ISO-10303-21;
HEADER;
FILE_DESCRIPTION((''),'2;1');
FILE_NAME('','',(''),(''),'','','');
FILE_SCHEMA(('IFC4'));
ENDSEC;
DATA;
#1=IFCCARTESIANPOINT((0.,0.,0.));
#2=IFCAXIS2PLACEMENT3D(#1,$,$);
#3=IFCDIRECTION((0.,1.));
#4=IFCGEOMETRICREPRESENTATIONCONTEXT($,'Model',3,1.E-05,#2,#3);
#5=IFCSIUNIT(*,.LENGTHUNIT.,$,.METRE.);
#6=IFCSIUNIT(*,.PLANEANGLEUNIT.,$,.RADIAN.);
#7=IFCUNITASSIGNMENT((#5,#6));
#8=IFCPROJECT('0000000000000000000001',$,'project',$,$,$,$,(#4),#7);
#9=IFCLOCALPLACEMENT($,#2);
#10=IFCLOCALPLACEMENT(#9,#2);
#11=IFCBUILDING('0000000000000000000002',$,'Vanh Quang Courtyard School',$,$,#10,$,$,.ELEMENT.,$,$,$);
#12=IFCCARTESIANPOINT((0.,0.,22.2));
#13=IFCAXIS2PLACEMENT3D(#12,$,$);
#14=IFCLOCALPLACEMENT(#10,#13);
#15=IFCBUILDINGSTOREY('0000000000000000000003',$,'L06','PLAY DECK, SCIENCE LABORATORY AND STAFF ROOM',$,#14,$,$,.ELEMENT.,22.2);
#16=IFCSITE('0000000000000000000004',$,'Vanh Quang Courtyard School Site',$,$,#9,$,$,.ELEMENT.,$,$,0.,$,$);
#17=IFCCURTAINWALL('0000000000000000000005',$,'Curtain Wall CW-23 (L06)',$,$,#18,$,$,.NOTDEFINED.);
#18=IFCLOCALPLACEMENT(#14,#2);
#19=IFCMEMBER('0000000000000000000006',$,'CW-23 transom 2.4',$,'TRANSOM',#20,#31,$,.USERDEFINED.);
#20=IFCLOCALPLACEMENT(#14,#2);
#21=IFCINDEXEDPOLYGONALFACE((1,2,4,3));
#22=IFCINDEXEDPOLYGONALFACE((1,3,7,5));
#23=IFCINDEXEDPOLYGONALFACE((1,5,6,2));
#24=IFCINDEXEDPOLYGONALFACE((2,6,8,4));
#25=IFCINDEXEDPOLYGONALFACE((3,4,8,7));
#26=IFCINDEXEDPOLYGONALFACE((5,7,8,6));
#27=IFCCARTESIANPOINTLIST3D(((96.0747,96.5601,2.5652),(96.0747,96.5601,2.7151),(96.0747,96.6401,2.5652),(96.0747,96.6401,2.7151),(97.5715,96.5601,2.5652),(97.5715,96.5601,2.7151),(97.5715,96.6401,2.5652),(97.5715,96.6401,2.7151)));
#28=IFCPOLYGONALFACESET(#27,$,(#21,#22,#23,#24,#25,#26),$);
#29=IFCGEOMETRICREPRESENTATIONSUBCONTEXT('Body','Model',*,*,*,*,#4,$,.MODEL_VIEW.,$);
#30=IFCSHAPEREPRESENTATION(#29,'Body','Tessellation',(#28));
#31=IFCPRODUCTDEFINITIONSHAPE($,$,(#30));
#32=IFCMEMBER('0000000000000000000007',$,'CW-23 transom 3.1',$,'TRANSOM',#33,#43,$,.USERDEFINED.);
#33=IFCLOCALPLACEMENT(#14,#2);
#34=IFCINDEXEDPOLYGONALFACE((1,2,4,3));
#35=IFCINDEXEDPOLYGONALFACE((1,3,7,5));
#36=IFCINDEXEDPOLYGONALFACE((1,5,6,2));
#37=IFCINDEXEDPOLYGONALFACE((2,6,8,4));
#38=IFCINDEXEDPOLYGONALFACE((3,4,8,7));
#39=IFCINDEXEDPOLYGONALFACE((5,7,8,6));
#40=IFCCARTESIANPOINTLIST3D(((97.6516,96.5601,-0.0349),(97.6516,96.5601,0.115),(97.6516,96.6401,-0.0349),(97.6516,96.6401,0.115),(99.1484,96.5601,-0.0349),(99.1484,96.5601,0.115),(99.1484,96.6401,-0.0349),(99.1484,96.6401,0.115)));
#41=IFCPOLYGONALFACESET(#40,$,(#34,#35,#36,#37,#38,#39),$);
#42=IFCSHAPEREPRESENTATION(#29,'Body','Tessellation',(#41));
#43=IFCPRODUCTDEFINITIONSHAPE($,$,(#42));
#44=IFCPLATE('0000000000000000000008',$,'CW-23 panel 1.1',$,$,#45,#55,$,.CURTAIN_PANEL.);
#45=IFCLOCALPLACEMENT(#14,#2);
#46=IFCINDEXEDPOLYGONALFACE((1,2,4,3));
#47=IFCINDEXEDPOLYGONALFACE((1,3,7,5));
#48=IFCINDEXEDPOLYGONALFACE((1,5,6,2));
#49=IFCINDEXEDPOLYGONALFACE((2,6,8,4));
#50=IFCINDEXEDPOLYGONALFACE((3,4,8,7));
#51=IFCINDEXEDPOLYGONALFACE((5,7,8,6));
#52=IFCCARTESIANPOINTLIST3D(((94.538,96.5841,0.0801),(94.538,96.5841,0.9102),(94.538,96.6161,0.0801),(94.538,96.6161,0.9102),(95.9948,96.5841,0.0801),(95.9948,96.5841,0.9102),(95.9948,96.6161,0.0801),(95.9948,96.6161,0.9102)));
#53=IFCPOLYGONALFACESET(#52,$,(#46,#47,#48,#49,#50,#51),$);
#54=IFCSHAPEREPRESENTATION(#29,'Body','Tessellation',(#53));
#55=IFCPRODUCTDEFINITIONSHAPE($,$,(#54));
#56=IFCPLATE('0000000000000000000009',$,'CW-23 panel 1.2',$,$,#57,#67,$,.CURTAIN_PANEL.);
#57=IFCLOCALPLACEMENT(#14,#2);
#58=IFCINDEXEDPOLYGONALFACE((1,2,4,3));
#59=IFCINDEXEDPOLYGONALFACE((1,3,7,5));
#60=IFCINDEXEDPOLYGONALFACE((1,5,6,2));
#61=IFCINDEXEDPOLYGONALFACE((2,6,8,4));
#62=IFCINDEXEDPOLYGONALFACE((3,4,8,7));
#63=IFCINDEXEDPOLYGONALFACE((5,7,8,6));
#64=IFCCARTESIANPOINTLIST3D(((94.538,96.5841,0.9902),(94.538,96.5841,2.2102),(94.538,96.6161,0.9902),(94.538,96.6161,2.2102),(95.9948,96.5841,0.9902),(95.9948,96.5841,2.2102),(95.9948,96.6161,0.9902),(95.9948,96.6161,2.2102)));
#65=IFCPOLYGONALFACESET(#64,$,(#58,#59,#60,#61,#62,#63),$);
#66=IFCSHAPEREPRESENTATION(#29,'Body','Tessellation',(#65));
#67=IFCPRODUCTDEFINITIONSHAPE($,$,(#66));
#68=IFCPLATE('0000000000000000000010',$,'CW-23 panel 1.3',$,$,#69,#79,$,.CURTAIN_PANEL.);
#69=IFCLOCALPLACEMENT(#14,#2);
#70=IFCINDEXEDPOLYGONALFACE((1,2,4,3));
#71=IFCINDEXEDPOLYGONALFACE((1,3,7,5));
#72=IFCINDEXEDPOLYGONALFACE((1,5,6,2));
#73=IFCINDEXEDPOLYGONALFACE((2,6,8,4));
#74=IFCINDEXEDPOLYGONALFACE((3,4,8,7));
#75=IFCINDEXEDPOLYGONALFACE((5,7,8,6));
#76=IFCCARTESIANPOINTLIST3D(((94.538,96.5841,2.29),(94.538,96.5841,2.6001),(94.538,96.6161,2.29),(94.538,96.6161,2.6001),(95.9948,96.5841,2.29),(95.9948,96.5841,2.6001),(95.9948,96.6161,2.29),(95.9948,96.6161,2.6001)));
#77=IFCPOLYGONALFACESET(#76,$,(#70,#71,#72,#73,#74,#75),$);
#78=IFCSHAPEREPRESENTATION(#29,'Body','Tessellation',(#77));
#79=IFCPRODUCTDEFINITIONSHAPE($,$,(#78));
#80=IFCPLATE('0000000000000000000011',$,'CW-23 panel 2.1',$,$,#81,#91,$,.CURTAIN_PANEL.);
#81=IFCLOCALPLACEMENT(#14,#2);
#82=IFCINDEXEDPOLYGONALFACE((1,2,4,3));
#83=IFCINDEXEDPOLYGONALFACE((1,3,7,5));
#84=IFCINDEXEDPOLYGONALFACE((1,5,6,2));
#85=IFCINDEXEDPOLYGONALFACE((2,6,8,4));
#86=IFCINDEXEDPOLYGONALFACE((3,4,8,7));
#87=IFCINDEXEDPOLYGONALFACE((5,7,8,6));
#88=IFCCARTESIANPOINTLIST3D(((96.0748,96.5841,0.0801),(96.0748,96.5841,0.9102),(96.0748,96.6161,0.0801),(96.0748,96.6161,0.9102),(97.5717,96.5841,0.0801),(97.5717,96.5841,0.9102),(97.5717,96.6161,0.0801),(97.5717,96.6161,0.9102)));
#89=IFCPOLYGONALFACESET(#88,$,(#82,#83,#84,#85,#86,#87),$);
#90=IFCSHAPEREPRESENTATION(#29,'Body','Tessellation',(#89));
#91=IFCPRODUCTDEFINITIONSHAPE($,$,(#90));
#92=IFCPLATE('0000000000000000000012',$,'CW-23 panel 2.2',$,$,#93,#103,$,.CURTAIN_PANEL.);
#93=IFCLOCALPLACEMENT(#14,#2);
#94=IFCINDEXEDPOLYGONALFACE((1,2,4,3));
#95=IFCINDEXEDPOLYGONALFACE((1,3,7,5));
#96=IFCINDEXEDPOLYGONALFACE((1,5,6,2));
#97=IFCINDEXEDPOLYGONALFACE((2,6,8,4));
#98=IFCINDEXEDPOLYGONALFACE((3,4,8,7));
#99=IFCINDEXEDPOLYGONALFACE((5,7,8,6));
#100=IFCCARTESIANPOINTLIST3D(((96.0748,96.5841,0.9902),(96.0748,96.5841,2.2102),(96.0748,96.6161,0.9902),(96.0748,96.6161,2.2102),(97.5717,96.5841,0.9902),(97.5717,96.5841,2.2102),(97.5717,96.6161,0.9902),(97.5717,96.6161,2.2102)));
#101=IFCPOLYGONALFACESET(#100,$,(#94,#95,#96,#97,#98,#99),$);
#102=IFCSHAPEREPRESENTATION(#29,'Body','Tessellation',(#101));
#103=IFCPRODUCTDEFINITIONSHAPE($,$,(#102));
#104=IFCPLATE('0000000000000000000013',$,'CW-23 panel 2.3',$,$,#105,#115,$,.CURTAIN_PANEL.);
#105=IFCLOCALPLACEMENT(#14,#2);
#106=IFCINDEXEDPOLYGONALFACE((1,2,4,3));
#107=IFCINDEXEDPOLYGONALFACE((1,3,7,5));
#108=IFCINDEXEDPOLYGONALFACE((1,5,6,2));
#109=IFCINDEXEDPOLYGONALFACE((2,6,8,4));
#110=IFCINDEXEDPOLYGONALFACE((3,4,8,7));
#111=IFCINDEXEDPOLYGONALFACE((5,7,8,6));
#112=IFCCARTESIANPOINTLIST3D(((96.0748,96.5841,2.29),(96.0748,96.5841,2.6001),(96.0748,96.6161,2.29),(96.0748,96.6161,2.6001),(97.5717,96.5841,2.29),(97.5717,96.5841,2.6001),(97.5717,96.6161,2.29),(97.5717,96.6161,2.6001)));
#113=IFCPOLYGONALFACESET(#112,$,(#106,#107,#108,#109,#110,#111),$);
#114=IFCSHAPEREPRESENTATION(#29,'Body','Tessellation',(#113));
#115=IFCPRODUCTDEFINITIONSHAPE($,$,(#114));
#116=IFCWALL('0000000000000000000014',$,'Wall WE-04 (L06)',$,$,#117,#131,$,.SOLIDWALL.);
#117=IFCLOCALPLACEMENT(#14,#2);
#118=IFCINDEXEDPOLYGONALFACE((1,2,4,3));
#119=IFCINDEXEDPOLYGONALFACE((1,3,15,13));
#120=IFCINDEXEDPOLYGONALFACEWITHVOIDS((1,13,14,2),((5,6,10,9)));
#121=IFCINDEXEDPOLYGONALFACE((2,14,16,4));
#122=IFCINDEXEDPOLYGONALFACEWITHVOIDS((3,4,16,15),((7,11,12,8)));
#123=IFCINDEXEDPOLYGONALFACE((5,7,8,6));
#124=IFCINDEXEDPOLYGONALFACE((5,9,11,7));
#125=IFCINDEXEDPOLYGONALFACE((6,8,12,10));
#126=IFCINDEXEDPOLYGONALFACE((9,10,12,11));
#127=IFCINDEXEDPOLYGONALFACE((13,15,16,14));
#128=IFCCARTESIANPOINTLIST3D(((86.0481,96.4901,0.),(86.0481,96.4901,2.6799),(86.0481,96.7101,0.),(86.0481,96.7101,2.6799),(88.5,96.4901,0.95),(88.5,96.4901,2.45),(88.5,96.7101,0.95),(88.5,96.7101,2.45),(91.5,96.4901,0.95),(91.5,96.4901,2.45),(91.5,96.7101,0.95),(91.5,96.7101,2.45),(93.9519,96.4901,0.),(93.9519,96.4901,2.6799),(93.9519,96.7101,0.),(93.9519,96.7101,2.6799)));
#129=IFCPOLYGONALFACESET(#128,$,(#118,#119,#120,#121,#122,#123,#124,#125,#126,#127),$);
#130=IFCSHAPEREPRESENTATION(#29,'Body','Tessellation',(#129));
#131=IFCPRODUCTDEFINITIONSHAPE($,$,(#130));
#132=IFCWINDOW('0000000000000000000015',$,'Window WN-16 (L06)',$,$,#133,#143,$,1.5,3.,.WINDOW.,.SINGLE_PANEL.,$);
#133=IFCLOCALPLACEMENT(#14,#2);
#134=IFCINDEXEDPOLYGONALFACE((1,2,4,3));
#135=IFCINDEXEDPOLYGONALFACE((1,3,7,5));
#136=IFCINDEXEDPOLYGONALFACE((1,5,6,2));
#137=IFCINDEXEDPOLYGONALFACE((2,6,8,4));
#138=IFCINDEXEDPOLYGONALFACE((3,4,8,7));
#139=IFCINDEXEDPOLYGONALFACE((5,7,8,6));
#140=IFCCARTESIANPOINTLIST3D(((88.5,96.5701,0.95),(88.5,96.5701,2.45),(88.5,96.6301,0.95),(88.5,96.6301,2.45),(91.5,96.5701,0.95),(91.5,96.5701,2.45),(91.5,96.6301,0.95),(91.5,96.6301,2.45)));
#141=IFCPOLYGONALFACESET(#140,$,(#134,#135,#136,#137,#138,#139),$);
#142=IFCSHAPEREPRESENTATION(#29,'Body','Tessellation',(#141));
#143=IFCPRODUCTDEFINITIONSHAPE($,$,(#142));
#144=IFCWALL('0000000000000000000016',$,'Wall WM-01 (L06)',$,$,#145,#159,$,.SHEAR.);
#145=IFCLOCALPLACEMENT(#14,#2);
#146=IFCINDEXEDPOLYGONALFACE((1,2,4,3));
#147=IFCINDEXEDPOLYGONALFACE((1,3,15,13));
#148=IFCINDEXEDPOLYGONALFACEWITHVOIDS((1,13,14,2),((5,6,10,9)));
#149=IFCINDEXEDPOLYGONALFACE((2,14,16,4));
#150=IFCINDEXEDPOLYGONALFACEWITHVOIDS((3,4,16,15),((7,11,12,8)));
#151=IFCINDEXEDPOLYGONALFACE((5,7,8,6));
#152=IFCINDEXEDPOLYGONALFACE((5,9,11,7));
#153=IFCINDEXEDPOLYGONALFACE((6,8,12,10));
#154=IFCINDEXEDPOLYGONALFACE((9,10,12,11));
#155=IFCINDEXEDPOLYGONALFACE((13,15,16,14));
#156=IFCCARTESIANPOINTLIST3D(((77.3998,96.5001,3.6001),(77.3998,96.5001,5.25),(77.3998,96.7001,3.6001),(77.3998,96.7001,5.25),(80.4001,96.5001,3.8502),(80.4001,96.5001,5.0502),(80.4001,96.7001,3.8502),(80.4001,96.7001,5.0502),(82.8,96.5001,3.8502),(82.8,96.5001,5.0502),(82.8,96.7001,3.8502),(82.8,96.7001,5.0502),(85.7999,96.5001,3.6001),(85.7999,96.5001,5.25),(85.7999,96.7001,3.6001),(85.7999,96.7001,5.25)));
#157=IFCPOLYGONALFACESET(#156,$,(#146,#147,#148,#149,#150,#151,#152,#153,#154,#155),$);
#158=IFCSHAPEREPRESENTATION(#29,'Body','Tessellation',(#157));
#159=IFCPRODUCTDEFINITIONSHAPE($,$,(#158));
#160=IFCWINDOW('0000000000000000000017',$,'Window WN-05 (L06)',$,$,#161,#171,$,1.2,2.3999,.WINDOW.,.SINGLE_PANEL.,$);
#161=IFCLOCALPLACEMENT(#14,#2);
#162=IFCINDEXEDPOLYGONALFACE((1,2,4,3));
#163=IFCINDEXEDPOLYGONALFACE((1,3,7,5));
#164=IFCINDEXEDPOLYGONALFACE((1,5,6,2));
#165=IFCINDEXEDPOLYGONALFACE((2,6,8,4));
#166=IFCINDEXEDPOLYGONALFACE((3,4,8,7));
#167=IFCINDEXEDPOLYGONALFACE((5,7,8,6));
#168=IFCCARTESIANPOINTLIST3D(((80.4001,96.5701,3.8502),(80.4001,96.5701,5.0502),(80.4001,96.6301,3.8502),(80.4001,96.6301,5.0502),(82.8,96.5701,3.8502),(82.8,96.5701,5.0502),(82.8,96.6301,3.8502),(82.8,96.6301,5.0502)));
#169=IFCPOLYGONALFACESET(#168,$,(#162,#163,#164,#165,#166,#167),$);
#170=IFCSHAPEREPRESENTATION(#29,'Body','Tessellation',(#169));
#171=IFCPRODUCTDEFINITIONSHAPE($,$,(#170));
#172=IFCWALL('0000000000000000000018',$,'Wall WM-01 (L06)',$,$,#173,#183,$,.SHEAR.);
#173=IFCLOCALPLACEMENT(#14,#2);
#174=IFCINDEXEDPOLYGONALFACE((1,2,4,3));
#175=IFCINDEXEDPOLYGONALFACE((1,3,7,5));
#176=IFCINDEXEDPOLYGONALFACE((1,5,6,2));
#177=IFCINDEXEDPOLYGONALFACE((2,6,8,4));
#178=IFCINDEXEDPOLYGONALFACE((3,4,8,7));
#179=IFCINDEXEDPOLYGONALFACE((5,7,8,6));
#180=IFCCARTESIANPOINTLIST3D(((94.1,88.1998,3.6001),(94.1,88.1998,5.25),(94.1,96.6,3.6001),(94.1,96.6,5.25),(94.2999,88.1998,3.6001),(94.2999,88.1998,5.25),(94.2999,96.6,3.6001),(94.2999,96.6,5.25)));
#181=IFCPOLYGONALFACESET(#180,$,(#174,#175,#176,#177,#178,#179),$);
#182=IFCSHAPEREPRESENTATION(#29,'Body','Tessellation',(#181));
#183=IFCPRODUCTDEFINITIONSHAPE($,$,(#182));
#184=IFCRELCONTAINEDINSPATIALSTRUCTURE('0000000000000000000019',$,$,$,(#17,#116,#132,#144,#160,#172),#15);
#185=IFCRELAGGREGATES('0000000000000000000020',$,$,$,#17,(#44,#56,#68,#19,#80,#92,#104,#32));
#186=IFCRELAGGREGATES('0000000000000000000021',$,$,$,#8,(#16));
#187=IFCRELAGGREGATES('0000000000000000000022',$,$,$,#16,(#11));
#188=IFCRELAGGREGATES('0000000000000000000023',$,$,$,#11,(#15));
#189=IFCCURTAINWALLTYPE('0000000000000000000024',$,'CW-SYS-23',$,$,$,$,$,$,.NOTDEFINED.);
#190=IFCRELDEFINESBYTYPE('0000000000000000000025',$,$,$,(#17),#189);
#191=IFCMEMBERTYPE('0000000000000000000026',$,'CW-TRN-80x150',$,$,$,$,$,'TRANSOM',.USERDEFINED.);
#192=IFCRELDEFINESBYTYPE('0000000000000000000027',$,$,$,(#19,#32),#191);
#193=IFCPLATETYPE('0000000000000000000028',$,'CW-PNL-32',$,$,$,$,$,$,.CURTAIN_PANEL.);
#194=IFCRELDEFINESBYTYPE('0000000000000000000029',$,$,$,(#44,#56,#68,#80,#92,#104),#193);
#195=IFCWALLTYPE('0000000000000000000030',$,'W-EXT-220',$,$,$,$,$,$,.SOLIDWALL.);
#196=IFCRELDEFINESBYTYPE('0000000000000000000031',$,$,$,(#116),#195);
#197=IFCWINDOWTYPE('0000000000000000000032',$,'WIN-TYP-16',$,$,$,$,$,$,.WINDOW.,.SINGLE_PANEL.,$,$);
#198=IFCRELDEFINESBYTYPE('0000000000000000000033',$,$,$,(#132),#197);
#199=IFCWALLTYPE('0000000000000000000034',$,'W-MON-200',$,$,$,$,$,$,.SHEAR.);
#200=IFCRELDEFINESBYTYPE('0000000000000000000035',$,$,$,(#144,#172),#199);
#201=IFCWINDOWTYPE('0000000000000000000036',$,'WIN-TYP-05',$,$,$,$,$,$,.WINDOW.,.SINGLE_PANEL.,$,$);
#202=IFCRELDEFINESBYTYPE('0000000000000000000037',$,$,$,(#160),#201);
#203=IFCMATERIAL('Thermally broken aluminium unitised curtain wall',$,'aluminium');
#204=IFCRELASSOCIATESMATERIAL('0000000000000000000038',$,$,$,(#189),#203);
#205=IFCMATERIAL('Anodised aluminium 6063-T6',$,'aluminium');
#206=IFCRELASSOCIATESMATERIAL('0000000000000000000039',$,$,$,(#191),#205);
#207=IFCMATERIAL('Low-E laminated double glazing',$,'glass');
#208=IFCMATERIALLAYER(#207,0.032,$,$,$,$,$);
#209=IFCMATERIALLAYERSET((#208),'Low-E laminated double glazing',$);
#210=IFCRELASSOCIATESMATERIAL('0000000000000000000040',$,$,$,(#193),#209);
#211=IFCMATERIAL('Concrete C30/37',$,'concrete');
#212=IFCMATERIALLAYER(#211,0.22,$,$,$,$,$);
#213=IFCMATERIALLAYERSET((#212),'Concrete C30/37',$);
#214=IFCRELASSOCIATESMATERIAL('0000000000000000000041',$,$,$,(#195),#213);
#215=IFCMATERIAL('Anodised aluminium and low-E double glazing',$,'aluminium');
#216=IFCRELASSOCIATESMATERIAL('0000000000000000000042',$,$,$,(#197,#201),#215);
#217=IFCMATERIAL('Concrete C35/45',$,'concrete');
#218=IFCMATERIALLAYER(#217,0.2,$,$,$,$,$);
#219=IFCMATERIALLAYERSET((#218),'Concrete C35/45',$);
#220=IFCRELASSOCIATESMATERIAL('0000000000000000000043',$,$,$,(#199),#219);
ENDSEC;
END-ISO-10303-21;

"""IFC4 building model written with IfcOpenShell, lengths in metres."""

from ifc_helpers import new_model, si_unit, direction, frame, frame_2d, origin, origin_2d, place, context, subcontext, project, spatial, rectangle, extrude, material, layer, layer_set, material_profile, profile_set, type_object, element, fill, aggregate, save


model = new_model("IFC4")

# Units and contexts
model_context = context("Model", 3, precision=1e-05, world=origin(), true_north=direction((0.0, 1.0)))
body_context = subcontext(model_context, "Body", "Model", "MODEL_VIEW")
ifc_project = project(units=[si_unit("LENGTHUNIT", "METRE"), si_unit("PLANEANGLEUNIT", "RADIAN")], contexts=[model_context])

# Site, building, storey
site_placement = place(None, origin())
site = spatial("IfcSite", under=ifc_project, at=site_placement, Name="Vanh Quang Courtyard School Site", CompositionType="ELEMENT", RefElevation=0.0)
building_placement = place(site_placement, origin())
building = spatial("IfcBuilding", under=site, at=building_placement, Name="Vanh Quang Courtyard School", CompositionType="ELEMENT")
storey_placement = place(building_placement, frame((0.0, 0.0, 22.2)))
storey = spatial("IfcBuildingStorey", under=building, at=storey_placement, Name="L06", Description="PLAY DECK, SCIENCE LABORATORY AND STAFF ROOM", CompositionType="ELEMENT", Elevation=22.2)

# Shared definitions
ifc_material_1 = material(Name="Concrete C35/45", Category="concrete")

# Curtain wall, members, plates
ifc_material_2 = material(Name="Thermally broken aluminium unitised curtain wall", Category="aluminium")
curtain_wall_type = type_object("IfcCurtainWallType", Name="CW-SYS-23", PredefinedType="NOTDEFINED", material=ifc_material_2)
curtain_wall_placement = place(storey_placement, origin())
curtain_wall = element("IfcCurtainWall", 1, at=curtain_wall_placement, inside=storey, type_object=curtain_wall_type, Name="Curtain Wall CW-23 (L06)", PredefinedType="NOTDEFINED")
ifc_material_3 = material(Name="Anodised aluminium 6063-T6", Category="aluminium")
ifc_material_profile_1 = material_profile(ifc_material_3, rectangle(XDim=0.0801, YDim=0.1499, at=origin_2d()), Name="ALU-TRN 80x150")
ifc_profile_set_1 = profile_set([ifc_material_profile_1], Name="Anodised aluminium 6063-T6")
member_type_1 = type_object("IfcMemberType", Name="CW-TRN-80x150", ElementType="TRANSOM", PredefinedType="USERDEFINED", material=ifc_profile_set_1)
member_1_placement = place(storey_placement, frame((96.0747, 96.6001, 2.6401), z_axis=(1.0, 0.0, 0.0), x_axis=(0.0, 1.0, 0.0)))
member_1 = element("IfcMember", 2, at=member_1_placement, type_object=member_type_1, Name="CW-23 transom 2.4", ObjectType="TRANSOM", PredefinedType="USERDEFINED", context=body_context, shape_type="SweptSolid", body=[
    extrude(rectangle(XDim=0.0801, YDim=0.1499, at=origin_2d()), origin(), (0.0, 0.0, 1.0), 1.4968),
])
member_2_placement = place(storey_placement, frame((97.6516, 96.6001, 0.04), z_axis=(1.0, 0.0, 0.0), x_axis=(0.0, 1.0, 0.0)))
member_2 = element("IfcMember", 3, at=member_2_placement, type_object=member_type_1, Name="CW-23 transom 3.1", ObjectType="TRANSOM", PredefinedType="USERDEFINED", context=body_context, shape_type="SweptSolid", body=[
    extrude(rectangle(XDim=0.0801, YDim=0.1499, at=origin_2d()), origin(), (0.0, 0.0, 1.0), 1.4968),
])
ifc_material_4 = material(Name="Low-E laminated double glazing", Category="glass")
ifc_layer_1 = layer(ifc_material_4, 0.032)
ifc_layer_set_1 = layer_set([ifc_layer_1], Name="Low-E laminated double glazing")
plate_type = type_object("IfcPlateType", Name="CW-PNL-32", PredefinedType="CURTAIN_PANEL", material=ifc_layer_set_1)
plate_1_placement = place(storey_placement, frame((95.2664, 96.6001, 0.0801), z_axis=(0.0, 0.0, 1.0), x_axis=(1.0, 0.0, 0.0)))
plate_1 = element("IfcPlate", 4, at=plate_1_placement, type_object=plate_type, Name="CW-23 panel 1.1", PredefinedType="CURTAIN_PANEL", context=body_context, shape_type="SweptSolid", body=[
    extrude(rectangle(XDim=1.4568, YDim=0.032, at=origin_2d()), origin(), (0.0, 0.0, 1.0), 0.8301),
])
plate_2_placement = place(storey_placement, frame((95.2664, 96.6001, 0.9902), z_axis=(0.0, 0.0, 1.0), x_axis=(1.0, 0.0, 0.0)))
plate_2 = element("IfcPlate", 5, at=plate_2_placement, type_object=plate_type, Name="CW-23 panel 1.2", PredefinedType="CURTAIN_PANEL", context=body_context, shape_type="SweptSolid", body=[
    extrude(rectangle(XDim=1.4568, YDim=0.032, at=origin_2d()), origin(), (0.0, 0.0, 1.0), 1.22),
])
plate_3_placement = place(storey_placement, frame((95.2664, 96.6001, 2.29), z_axis=(0.0, 0.0, 1.0), x_axis=(1.0, 0.0, 0.0)))
plate_3 = element("IfcPlate", 6, at=plate_3_placement, type_object=plate_type, Name="CW-23 panel 1.3", PredefinedType="CURTAIN_PANEL", context=body_context, shape_type="SweptSolid", body=[
    extrude(rectangle(XDim=1.4568, YDim=0.032, at=origin_2d()), origin(), (0.0, 0.0, 1.0), 0.3101),
])
plate_4_placement = place(storey_placement, frame((96.8232, 96.6001, 0.0801), z_axis=(0.0, 0.0, 1.0), x_axis=(1.0, 0.0, 0.0)))
plate_4 = element("IfcPlate", 7, at=plate_4_placement, type_object=plate_type, Name="CW-23 panel 2.1", PredefinedType="CURTAIN_PANEL", context=body_context, shape_type="SweptSolid", body=[
    extrude(rectangle(XDim=1.4968, YDim=0.032, at=origin_2d()), origin(), (0.0, 0.0, 1.0), 0.8301),
])
plate_5_placement = place(storey_placement, frame((96.8232, 96.6001, 0.9902), z_axis=(0.0, 0.0, 1.0), x_axis=(1.0, 0.0, 0.0)))
plate_5 = element("IfcPlate", 8, at=plate_5_placement, type_object=plate_type, Name="CW-23 panel 2.2", PredefinedType="CURTAIN_PANEL", context=body_context, shape_type="SweptSolid", body=[
    extrude(rectangle(XDim=1.4968, YDim=0.032, at=origin_2d()), origin(), (0.0, 0.0, 1.0), 1.22),
])
plate_6_placement = place(storey_placement, frame((96.8232, 96.6001, 2.29), z_axis=(0.0, 0.0, 1.0), x_axis=(1.0, 0.0, 0.0)))
plate_6 = element("IfcPlate", 9, at=plate_6_placement, type_object=plate_type, Name="CW-23 panel 2.3", PredefinedType="CURTAIN_PANEL", context=body_context, shape_type="SweptSolid", body=[
    extrude(rectangle(XDim=1.4968, YDim=0.032, at=origin_2d()), origin(), (0.0, 0.0, 1.0), 0.3101),
])
aggregate(curtain_wall, [plate_1, plate_2, plate_3, member_1, plate_4, plate_5, plate_6, member_2])

# Walls, openings, windows
ifc_material_5 = material(Name="Concrete C30/37", Category="concrete")
ifc_layer_2 = layer(ifc_material_5, 0.22)
ifc_layer_set_2 = layer_set([ifc_layer_2], Name="Concrete C30/37")
wall_type_1 = type_object("IfcWallType", Name="W-EXT-220", PredefinedType="SOLIDWALL", material=ifc_layer_set_2)
wall_1_placement = place(storey_placement, frame((86.0481, 96.6001, 0.0), z_axis=(0.0, 0.0, 1.0), x_axis=(1.0, 0.0, 0.0)))
wall_1 = element("IfcWall", 10, at=wall_1_placement, inside=storey, type_object=wall_type_1, Name="Wall WE-04 (L06)", PredefinedType="SOLIDWALL", context=body_context, shape_type="SweptSolid", body=[
    extrude(rectangle(XDim=7.9038, YDim=0.22, at=frame_2d((3.9519, 0.0))), origin(), (0.0, 0.0, 1.0), 2.6799),
])
opening_1_placement = place(wall_1_placement, frame((2.4519, 0.0, 0.95)))
opening_1 = element("IfcOpeningElement", 11, at=opening_1_placement, cuts=wall_1, PredefinedType="OPENING", context=body_context, shape_type="SweptSolid", body=[
    extrude(rectangle(XDim=3.0, YDim=1.5, at=frame_2d((1.5, 0.75))), frame((0.0, 0.1201, 0.0), z_axis=(0.0, -1.0, 0.0), x_axis=(1.0, 0.0, 0.0)), (0.0, 0.0, 1.0), 0.24),
])
ifc_material_6 = material(Name="Anodised aluminium and low-E double glazing", Category="aluminium")
window_type_1 = type_object("IfcWindowType", Name="WIN-TYP-16", PartitioningType="SINGLE_PANEL", PredefinedType="WINDOW", material=ifc_material_6)
window_1_placement = place(opening_1_placement, origin())
window_1 = element("IfcWindow", 12, at=window_1_placement, inside=storey, type_object=window_type_1, Name="Window WN-16 (L06)", OverallHeight=1.5, OverallWidth=3.0, PartitioningType="SINGLE_PANEL", PredefinedType="WINDOW", context=body_context, shape_type="SweptSolid", body=[
    extrude(rectangle(XDim=3.0, YDim=1.5, at=frame_2d((1.5, 0.75))), frame((0.0, 0.03, 0.0), z_axis=(0.0, -1.0, 0.0), x_axis=(1.0, 0.0, 0.0)), (0.0, 0.0, 1.0), 0.0601),
])
fill(opening_1, window_1)
ifc_layer_3 = layer(ifc_material_1, 0.2)
ifc_layer_set_3 = layer_set([ifc_layer_3], Name="Concrete C35/45")
wall_type_2 = type_object("IfcWallType", Name="W-MON-200", PredefinedType="SHEAR", material=ifc_layer_set_3)
wall_2_placement = place(storey_placement, frame((85.8, 96.6001, 3.6001), z_axis=(0.0, 0.0, 1.0), x_axis=(-1.0, 0.0, 0.0)))
wall_2 = element("IfcWall", 13, at=wall_2_placement, inside=storey, type_object=wall_type_2, Name="Wall WM-01 (L06)", PredefinedType="SHEAR", context=body_context, shape_type="SweptSolid", body=[
    extrude(rectangle(XDim=8.4001, YDim=0.2, at=frame_2d((4.2002, 0.0))), origin(), (0.0, 0.0, 1.0), 1.6499),
])
opening_2_placement = place(wall_2_placement, frame((3.0, 0.0, 0.25)))
opening_2 = element("IfcOpeningElement", 14, at=opening_2_placement, cuts=wall_2, PredefinedType="OPENING", context=body_context, shape_type="SweptSolid", body=[
    extrude(rectangle(XDim=2.3999, YDim=1.2, at=frame_2d((1.2, 0.6001))), frame((0.0, 0.1099, 0.0), z_axis=(0.0, -1.0, 0.0), x_axis=(1.0, 0.0, 0.0)), (0.0, 0.0, 1.0), 0.22),
])
window_type_2 = type_object("IfcWindowType", Name="WIN-TYP-05", PartitioningType="SINGLE_PANEL", PredefinedType="WINDOW", material=ifc_material_6)
window_2_placement = place(opening_2_placement, origin())
window_2 = element("IfcWindow", 15, at=window_2_placement, inside=storey, type_object=window_type_2, Name="Window WN-05 (L06)", OverallHeight=1.2, OverallWidth=2.3999, PartitioningType="SINGLE_PANEL", PredefinedType="WINDOW", context=body_context, shape_type="SweptSolid", body=[
    extrude(rectangle(XDim=2.3999, YDim=1.2, at=frame_2d((1.2, 0.6001))), frame((0.0, 0.03, 0.0), z_axis=(0.0, -1.0, 0.0), x_axis=(1.0, 0.0, 0.0)), (0.0, 0.0, 1.0), 0.0601),
])
fill(opening_2, window_2)

# Wall
wall_3_placement = place(storey_placement, frame((94.2, 96.6001, 3.6001), z_axis=(0.0, 0.0, 1.0), x_axis=(0.0, -1.0, 0.0)))
element("IfcWall", 16, at=wall_3_placement, inside=storey, type_object=wall_type_2, Name="Wall WM-01 (L06)", PredefinedType="SHEAR", context=body_context, shape_type="SweptSolid", body=[
    extrude(rectangle(XDim=8.4001, YDim=0.2, at=frame_2d((4.2002, 0.0))), origin(), (0.0, 0.0, 1.0), 1.6499),
])

save(model, "model.ifc")
